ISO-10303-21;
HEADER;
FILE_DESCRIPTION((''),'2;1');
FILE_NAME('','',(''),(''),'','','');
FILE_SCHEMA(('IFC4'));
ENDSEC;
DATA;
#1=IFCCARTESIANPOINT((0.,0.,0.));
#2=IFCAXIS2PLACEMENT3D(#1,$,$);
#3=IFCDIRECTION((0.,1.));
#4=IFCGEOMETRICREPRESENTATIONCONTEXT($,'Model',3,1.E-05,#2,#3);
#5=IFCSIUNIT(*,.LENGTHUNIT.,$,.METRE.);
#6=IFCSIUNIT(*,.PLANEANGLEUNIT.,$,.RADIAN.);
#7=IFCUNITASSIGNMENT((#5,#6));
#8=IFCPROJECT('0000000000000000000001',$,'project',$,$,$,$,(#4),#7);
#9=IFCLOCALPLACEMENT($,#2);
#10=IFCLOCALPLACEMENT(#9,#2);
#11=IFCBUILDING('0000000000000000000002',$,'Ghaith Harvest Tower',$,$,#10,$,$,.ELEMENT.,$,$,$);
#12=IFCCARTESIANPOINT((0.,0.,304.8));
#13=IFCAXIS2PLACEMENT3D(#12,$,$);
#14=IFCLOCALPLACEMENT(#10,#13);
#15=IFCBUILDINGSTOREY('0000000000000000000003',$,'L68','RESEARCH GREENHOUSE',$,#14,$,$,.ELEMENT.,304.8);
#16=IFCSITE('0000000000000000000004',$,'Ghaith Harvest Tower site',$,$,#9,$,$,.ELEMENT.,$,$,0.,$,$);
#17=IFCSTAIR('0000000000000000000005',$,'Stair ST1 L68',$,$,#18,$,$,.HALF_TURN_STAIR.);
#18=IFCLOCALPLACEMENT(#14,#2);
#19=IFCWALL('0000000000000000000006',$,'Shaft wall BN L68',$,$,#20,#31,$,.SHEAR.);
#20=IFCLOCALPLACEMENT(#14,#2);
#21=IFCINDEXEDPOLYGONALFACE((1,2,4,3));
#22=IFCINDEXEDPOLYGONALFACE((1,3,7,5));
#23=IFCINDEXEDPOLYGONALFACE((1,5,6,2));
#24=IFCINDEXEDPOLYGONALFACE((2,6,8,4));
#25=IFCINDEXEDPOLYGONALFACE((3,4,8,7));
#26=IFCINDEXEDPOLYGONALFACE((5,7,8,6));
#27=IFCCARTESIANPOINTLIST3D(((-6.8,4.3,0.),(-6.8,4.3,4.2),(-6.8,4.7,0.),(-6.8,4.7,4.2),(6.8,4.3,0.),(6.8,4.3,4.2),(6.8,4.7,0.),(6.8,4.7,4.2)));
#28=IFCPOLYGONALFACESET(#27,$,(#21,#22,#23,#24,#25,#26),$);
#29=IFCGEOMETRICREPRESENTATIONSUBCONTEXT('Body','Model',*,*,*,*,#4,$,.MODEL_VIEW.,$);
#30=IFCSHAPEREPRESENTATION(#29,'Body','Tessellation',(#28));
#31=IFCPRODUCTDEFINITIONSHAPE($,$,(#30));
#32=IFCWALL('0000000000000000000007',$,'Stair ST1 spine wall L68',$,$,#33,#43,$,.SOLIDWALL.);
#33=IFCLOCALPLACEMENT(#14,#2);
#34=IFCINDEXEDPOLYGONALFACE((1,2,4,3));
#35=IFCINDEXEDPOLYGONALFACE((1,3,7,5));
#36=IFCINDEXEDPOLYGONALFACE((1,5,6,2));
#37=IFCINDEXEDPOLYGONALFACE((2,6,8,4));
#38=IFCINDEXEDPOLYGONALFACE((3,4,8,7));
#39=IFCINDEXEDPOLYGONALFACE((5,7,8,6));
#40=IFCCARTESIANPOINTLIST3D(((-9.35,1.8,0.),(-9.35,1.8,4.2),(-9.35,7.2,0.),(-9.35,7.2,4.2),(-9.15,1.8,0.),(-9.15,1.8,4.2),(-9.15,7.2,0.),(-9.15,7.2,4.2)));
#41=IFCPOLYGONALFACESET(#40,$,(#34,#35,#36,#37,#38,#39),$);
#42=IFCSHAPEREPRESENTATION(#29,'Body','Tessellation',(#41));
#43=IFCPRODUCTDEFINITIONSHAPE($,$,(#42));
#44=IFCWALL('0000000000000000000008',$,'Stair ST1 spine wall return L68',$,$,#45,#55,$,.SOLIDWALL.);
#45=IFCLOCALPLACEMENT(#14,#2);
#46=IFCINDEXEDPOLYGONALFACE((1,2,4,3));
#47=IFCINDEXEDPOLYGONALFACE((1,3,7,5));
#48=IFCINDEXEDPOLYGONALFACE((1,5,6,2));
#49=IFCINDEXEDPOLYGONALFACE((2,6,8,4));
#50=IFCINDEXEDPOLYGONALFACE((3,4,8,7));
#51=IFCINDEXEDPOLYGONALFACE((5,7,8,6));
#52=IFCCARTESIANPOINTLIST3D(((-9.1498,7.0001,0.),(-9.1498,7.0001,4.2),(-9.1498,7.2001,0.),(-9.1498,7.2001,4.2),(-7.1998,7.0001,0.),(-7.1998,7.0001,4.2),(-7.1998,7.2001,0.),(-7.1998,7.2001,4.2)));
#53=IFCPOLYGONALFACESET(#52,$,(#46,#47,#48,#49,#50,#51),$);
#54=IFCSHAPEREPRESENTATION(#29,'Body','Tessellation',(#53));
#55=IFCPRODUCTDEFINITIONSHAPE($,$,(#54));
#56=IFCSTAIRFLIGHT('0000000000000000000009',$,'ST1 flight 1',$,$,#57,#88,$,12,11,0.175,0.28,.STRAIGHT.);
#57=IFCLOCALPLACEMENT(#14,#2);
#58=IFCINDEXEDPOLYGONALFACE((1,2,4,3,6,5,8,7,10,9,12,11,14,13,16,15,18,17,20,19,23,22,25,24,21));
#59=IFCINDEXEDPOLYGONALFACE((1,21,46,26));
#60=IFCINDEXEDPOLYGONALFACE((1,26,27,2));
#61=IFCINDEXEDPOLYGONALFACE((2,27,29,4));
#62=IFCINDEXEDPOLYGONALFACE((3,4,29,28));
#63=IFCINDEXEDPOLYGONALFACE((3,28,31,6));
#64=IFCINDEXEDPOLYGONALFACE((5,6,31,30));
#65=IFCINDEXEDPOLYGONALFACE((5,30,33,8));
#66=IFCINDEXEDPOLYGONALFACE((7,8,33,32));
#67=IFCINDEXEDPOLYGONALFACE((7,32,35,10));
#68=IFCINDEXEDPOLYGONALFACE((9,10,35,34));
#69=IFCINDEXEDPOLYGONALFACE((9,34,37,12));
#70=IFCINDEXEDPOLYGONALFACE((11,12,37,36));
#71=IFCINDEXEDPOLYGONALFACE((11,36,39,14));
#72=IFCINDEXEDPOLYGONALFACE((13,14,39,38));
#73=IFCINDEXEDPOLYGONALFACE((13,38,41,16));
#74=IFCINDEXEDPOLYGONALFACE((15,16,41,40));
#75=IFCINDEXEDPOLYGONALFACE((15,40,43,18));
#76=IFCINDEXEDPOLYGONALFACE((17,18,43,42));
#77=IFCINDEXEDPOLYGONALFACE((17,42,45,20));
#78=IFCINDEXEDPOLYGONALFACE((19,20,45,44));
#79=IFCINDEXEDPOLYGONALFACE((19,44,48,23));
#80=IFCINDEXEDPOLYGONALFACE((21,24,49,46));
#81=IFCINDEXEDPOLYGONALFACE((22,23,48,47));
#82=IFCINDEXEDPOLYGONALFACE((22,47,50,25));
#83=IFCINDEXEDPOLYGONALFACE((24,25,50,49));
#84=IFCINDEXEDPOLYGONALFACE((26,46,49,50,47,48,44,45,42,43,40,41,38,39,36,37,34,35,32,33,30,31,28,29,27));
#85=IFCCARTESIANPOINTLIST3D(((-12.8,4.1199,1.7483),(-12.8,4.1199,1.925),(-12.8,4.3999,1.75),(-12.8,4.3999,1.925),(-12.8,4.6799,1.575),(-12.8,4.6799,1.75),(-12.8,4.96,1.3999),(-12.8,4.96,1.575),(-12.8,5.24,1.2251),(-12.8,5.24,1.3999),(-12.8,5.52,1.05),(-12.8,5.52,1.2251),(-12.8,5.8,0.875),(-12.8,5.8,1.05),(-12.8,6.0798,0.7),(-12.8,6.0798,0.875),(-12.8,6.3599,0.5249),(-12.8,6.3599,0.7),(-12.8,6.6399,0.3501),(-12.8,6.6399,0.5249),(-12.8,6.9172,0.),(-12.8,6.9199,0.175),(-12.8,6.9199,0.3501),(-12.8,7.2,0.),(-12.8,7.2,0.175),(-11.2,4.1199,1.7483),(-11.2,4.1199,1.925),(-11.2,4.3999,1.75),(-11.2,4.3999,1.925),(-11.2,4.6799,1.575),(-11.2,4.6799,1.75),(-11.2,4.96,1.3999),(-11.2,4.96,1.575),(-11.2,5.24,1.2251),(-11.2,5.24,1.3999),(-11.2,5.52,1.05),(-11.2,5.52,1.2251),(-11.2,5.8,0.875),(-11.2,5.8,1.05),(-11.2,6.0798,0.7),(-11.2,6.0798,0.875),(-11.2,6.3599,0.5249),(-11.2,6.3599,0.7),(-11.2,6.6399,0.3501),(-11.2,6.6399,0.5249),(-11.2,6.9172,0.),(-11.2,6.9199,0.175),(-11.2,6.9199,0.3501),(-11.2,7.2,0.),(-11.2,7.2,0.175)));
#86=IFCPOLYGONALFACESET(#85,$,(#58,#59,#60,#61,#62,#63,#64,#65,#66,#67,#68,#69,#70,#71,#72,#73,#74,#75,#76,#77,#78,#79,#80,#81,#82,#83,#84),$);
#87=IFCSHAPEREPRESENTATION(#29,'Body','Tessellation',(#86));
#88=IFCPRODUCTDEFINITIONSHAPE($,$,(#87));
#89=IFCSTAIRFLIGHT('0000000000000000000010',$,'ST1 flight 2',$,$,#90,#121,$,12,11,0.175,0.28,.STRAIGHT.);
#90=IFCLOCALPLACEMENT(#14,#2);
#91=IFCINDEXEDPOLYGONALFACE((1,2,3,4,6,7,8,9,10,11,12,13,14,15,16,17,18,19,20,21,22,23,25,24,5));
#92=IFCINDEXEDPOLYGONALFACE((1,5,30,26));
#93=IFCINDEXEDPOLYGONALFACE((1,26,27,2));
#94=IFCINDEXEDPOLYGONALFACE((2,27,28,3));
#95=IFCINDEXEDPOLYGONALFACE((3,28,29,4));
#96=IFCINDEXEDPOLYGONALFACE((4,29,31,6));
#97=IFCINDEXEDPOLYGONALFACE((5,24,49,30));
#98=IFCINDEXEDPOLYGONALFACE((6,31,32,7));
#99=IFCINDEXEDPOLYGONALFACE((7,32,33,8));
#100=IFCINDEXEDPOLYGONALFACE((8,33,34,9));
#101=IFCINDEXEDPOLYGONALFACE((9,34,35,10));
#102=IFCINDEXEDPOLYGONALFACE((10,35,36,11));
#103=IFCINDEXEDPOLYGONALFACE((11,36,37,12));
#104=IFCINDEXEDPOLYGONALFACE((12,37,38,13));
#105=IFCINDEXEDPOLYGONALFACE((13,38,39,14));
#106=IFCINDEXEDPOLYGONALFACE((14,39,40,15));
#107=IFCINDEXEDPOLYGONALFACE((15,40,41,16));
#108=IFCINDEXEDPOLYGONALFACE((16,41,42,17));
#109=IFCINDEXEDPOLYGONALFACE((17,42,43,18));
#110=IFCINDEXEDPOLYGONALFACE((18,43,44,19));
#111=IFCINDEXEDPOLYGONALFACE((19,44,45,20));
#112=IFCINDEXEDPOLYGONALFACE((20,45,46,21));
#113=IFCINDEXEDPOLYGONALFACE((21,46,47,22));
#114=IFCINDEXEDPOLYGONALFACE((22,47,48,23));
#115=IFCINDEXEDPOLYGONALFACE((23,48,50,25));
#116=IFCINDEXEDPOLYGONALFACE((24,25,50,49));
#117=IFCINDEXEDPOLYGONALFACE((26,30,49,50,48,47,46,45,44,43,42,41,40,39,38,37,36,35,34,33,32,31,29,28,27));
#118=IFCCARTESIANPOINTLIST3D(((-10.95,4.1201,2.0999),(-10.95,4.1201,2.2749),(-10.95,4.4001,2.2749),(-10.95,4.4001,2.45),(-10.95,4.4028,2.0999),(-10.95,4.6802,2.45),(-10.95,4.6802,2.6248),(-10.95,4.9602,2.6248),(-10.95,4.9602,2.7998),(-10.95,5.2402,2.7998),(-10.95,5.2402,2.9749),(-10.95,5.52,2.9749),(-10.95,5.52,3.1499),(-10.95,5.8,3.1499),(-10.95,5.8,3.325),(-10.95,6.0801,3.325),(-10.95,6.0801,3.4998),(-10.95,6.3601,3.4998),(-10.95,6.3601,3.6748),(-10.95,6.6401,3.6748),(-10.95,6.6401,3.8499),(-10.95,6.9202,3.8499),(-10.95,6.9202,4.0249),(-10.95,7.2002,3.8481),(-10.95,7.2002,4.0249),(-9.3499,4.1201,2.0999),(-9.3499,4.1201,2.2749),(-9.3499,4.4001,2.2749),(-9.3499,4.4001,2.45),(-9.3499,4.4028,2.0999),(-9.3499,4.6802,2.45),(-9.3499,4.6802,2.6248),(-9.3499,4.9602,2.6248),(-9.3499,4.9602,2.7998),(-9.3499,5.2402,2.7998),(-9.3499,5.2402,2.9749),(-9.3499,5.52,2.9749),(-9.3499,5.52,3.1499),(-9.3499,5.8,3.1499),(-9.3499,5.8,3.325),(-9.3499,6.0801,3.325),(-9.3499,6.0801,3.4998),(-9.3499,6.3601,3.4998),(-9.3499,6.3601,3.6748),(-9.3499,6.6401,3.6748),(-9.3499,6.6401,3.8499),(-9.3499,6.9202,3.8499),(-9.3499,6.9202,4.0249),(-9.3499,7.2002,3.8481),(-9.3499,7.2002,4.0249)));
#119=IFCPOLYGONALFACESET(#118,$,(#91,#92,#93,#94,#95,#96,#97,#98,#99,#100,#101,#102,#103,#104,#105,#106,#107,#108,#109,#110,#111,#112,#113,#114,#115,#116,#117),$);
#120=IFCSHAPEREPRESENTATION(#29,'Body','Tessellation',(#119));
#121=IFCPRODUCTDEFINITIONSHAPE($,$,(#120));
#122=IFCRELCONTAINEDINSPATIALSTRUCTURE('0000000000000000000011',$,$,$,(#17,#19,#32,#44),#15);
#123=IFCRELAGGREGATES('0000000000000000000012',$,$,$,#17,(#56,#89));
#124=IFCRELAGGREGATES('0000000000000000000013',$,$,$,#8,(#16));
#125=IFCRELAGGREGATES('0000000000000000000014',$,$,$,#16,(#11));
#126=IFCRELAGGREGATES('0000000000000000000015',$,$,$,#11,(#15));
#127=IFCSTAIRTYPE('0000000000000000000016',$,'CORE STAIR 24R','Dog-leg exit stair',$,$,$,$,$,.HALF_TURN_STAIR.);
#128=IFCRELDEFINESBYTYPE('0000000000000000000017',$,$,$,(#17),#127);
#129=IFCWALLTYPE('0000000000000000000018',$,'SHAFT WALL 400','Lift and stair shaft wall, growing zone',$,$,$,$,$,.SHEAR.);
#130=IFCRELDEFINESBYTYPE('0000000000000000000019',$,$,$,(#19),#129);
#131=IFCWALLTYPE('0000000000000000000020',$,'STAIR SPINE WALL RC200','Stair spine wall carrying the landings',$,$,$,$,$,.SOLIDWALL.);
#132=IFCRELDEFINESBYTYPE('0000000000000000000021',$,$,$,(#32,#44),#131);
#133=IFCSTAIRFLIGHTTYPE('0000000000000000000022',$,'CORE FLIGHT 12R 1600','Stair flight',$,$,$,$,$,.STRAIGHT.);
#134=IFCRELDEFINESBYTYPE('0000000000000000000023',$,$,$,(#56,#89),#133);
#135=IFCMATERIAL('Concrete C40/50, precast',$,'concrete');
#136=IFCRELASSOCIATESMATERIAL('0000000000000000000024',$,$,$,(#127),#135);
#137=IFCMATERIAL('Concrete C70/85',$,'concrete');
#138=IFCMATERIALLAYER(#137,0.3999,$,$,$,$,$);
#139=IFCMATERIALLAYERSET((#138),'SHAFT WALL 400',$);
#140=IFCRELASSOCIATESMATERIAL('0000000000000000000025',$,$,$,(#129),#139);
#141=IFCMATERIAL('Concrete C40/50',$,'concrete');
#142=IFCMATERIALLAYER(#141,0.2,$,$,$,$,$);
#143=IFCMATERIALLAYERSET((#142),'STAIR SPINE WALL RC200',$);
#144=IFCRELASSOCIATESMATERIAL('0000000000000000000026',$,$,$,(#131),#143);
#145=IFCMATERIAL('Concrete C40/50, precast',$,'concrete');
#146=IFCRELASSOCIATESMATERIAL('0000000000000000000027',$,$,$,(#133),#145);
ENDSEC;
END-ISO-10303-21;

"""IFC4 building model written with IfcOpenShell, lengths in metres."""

from ifc_helpers import new_model, si_unit, direction, frame, frame_2d, origin, place, context, subcontext, project, spatial, polyline, rectangle, outline, extrude, material, layer, layer_set, type_object, element, aggregate, save


model = new_model("IFC4")

# Units and contexts
model_context = context("Model", 3, precision=1e-05, world=origin(), true_north=direction((0.0, 1.0)))
body_context = subcontext(model_context, "Body", "Model", "MODEL_VIEW")
ifc_project = project(units=[si_unit("LENGTHUNIT", "METRE"), si_unit("PLANEANGLEUNIT", "RADIAN")], contexts=[model_context])

# Site, building, storey
site_placement = place(None, origin())
site = spatial("IfcSite", under=ifc_project, at=site_placement, Name="Ghaith Harvest Tower site", CompositionType="ELEMENT", RefElevation=0.0)
building_placement = place(site_placement, origin())
building = spatial("IfcBuilding", under=site, at=building_placement, Name="Ghaith Harvest Tower", CompositionType="ELEMENT")
storey_placement = place(building_placement, frame((0.0, 0.0, 304.8)))
storey = spatial("IfcBuildingStorey", under=building, at=storey_placement, Name="L68", Description="RESEARCH GREENHOUSE", CompositionType="ELEMENT", Elevation=304.8)

# Stair
ifc_material_1 = material(Name="Concrete C40/50, precast", Category="concrete")
stair_type = type_object("IfcStairType", Name="CORE STAIR 24R", Description="Dog-leg exit stair", PredefinedType="HALF_TURN_STAIR", material=ifc_material_1)
stair_placement = place(storey_placement, origin())
stair = element("IfcStair", 1, at=stair_placement, inside=storey, type_object=stair_type, Name="Stair ST1 L68", PredefinedType="HALF_TURN_STAIR")

# Shared definitions
ifc_material_2 = material(Name="Concrete C70/85", Category="concrete")
ifc_layer_1 = layer(ifc_material_2, 0.3999)
ifc_layer_set_1 = layer_set([ifc_layer_1], Name="SHAFT WALL 400")
wall_type_1 = type_object("IfcWallType", Name="SHAFT WALL 400", Description="Lift and stair shaft wall, growing zone", PredefinedType="SHEAR", material=ifc_layer_set_1)

# Walls
wall_1_placement = place(storey_placement, frame((-6.8, 4.5, 0.0), z_axis=(0.0, 0.0, 1.0), x_axis=(1.0, 0.0, 0.0)))
element("IfcWall", 2, at=wall_1_placement, inside=storey, type_object=wall_type_1, Name="Shaft wall BN L68", PredefinedType="SHEAR", context=body_context, shape_type="SweptSolid", body=[
    extrude(rectangle(XDim=13.6001, YDim=0.3999, at=frame_2d((6.8, 0.0))), origin(), (0.0, 0.0, 1.0), 4.2),
])
ifc_material_3 = material(Name="Concrete C40/50", Category="concrete")
ifc_layer_2 = layer(ifc_material_3, 0.2)
ifc_layer_set_2 = layer_set([ifc_layer_2], Name="STAIR SPINE WALL RC200")
wall_type_2 = type_object("IfcWallType", Name="STAIR SPINE WALL RC200", Description="Stair spine wall carrying the landings", PredefinedType="SOLIDWALL", material=ifc_layer_set_2)
wall_2_placement = place(storey_placement, frame((-9.25, 7.2, 0.0), z_axis=(0.0, 0.0, 1.0), x_axis=(0.0, -1.0, 0.0)))
element("IfcWall", 3, at=wall_2_placement, inside=storey, type_object=wall_type_2, Name="Stair ST1 spine wall L68", PredefinedType="SOLIDWALL", context=body_context, shape_type="SweptSolid", body=[
    extrude(rectangle(XDim=5.3999, YDim=0.2, at=frame_2d((2.7, 0.0))), origin(), (0.0, 0.0, 1.0), 4.2),
])
wall_3_placement = place(storey_placement, frame((-9.1499, 7.1001, 0.0), z_axis=(0.0, 0.0, 1.0), x_axis=(1.0, 0.0, 0.0)))
element("IfcWall", 4, at=wall_3_placement, inside=storey, type_object=wall_type_2, Name="Stair ST1 spine wall return L68", PredefinedType="SOLIDWALL", context=body_context, shape_type="SweptSolid", body=[
    extrude(rectangle(XDim=1.95, YDim=0.2, at=frame_2d((0.9751, 0.0))), origin(), (0.0, 0.0, 1.0), 4.2),
])

# Stair flights
ifc_material_4 = material(Name="Concrete C40/50, precast", Category="concrete")
stair_flight_type = type_object("IfcStairFlightType", Name="CORE FLIGHT 12R 1600", Description="Stair flight", PredefinedType="STRAIGHT", material=ifc_material_4)
stair_flight_1_placement = place(storey_placement, frame((-12.0, 7.2, 0.0), z_axis=(0.0, 0.0, 1.0), x_axis=(0.0, -1.0, 0.0)))
stair_flight_1 = element("IfcStairFlight", 5, at=stair_flight_1_placement, type_object=stair_flight_type, Name="ST1 flight 1", NumberOfRisers=12, NumberOfTreads=11, PredefinedType="STRAIGHT", RiserHeight=0.175, TreadLength=0.28, context=body_context, shape_type="SweptSolid", body=[
    extrude(outline(polyline([(0.0, 0.0), (0.0, 0.175), (0.28, 0.175), (0.28, 0.3501), (0.5601, 0.3501), (0.5601, 0.5249), (0.8401, 0.5249), (0.8401, 0.7), (1.1201, 0.7), (1.1201, 0.875), (1.3999, 0.875), (1.3999, 1.05), (1.6799, 1.05), (1.6799, 1.2251), (1.96, 1.2251), (1.96, 1.3999), (2.24, 1.3999), (2.24, 1.575), (2.52, 1.575), (2.52, 1.75), (2.8, 1.75), (2.8, 1.925), (3.0801, 1.925), (3.0801, 2.1001), (3.0801, 1.7483), (0.2827, 0.0), (0.0, 0.0)])), frame((0.0, 0.8, 0.0), z_axis=(0.0, -1.0, 0.0), x_axis=(1.0, 0.0, 0.0)), (0.0, 0.0, 1.0), 1.6001),
])
stair_flight_2_placement = place(storey_placement, frame((-10.1499, 4.1201, 2.0999), z_axis=(0.0, 0.0, 1.0), x_axis=(0.0, 1.0, 0.0)))
stair_flight_2 = element("IfcStairFlight", 6, at=stair_flight_2_placement, type_object=stair_flight_type, Name="ST1 flight 2", NumberOfRisers=12, NumberOfTreads=11, PredefinedType="STRAIGHT", RiserHeight=0.175, TreadLength=0.28, context=body_context, shape_type="SweptSolid", body=[
    extrude(outline(polyline([(0.0, 0.0), (0.0, 0.175), (0.28, 0.175), (0.28, 0.3501), (0.5601, 0.3501), (0.5601, 0.5249), (0.8401, 0.5249), (0.8401, 0.7), (1.1201, 0.7), (1.1201, 0.875), (1.3999, 0.875), (1.3999, 1.05), (1.6799, 1.05), (1.6799, 1.2251), (1.96, 1.2251), (1.96, 1.3999), (2.24, 1.3999), (2.24, 1.575), (2.52, 1.575), (2.52, 1.75), (2.8, 1.75), (2.8, 1.925), (3.0801, 1.925), (3.0801, 2.1001), (3.0801, 1.7483), (0.2827, 0.0), (0.0, 0.0)])), frame((0.0, 0.8, 0.0), z_axis=(0.0, -1.0, 0.0), x_axis=(1.0, 0.0, 0.0)), (0.0, 0.0, 1.0), 1.6001),
])
aggregate(stair, [stair_flight_1, stair_flight_2])

save(model, "model.ifc")
